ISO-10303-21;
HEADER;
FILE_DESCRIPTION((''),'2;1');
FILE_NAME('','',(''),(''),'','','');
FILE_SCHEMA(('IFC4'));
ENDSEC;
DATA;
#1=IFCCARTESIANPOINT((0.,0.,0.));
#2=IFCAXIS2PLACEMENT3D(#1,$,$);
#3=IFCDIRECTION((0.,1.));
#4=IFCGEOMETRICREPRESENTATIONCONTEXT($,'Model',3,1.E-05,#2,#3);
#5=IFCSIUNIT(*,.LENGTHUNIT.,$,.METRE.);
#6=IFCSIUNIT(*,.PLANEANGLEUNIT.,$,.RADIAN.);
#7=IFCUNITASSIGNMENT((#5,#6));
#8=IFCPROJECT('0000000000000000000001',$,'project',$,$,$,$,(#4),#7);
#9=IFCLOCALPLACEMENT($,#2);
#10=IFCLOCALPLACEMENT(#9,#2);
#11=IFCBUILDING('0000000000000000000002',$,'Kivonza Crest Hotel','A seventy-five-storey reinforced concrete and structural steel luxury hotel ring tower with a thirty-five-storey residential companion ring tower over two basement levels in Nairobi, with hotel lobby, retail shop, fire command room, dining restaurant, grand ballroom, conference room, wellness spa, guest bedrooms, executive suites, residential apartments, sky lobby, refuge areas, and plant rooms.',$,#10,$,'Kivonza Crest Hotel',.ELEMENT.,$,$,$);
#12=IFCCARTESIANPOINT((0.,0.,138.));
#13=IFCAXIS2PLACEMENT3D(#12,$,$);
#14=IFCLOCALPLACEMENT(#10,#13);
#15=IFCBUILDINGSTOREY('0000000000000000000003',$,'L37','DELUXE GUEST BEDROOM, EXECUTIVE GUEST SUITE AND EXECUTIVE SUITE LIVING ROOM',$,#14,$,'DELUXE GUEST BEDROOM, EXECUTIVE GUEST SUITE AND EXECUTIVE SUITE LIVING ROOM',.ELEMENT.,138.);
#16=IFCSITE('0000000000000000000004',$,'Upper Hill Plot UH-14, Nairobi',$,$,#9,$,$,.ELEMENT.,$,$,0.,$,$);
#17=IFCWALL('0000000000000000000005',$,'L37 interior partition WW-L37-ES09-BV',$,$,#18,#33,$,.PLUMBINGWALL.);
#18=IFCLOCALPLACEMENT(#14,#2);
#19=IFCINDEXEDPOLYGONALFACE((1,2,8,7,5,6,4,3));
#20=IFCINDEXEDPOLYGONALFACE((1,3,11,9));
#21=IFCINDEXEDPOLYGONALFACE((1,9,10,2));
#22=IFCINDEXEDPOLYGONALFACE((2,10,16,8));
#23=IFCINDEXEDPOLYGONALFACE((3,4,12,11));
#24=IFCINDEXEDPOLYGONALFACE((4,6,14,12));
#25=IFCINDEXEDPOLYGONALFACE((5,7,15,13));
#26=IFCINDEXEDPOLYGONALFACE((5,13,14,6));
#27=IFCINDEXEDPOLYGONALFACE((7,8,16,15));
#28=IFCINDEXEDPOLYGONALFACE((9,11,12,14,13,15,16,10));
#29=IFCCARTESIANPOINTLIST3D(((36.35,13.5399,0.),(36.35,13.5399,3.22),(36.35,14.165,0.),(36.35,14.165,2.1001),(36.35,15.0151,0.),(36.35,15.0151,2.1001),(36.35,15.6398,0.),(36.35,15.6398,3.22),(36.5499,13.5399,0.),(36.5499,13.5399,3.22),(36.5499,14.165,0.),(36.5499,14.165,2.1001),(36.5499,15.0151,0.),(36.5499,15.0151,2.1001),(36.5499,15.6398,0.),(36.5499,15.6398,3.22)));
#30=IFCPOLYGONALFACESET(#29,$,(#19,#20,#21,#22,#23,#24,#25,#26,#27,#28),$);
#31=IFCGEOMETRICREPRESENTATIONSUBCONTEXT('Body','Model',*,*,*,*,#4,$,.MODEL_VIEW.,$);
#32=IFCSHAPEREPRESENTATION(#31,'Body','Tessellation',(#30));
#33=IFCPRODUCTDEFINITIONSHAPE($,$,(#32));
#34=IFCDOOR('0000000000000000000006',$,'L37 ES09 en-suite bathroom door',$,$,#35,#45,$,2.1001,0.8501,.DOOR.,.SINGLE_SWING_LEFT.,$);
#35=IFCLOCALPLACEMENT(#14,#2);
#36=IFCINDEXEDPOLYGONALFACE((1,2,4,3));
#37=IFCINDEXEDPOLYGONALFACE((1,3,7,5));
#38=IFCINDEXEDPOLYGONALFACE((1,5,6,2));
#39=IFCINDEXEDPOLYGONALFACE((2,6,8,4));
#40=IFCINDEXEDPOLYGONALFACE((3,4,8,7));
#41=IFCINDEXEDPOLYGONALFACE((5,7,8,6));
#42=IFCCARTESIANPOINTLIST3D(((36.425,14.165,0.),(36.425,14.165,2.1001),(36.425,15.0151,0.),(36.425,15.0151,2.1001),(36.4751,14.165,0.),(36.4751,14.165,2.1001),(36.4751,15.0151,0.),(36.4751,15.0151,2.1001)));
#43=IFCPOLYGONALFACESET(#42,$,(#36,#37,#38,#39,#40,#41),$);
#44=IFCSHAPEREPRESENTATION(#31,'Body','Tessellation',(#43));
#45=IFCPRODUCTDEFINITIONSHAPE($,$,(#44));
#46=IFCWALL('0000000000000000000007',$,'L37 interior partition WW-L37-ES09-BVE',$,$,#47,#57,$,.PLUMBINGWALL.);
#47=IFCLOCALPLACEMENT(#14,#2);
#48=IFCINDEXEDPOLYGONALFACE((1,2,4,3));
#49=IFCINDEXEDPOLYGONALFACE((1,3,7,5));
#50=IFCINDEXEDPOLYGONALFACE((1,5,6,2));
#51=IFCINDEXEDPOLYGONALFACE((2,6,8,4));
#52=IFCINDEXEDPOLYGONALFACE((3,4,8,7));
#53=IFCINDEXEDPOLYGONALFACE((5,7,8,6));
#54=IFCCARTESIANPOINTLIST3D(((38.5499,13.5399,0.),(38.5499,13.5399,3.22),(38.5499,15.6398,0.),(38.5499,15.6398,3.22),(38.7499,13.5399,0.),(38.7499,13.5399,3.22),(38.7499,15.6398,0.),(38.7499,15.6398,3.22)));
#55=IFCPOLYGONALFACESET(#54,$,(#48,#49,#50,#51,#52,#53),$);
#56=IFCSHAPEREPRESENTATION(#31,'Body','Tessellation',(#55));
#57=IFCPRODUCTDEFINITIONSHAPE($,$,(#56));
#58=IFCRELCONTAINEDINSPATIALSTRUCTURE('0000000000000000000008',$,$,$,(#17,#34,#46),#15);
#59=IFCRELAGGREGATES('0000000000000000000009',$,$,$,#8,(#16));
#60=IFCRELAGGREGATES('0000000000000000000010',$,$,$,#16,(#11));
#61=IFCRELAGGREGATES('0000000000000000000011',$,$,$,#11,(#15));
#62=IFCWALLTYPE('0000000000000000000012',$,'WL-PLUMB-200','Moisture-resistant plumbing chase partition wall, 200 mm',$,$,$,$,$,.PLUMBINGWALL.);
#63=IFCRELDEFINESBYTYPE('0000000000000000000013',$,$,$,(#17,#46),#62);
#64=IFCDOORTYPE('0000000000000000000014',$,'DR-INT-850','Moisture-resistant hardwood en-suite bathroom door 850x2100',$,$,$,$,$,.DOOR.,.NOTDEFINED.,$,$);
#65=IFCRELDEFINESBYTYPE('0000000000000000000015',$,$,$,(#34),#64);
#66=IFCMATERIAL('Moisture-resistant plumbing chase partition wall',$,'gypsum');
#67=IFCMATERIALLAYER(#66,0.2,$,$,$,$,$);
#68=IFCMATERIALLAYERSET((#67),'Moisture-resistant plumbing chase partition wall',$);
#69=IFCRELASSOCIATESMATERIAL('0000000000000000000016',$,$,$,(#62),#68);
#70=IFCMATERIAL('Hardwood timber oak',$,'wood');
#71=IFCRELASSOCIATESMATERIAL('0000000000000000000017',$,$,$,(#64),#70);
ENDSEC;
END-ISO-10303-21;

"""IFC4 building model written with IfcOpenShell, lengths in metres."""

from ifc_helpers import new_model, si_unit, direction, frame, frame_2d, origin, place, context, subcontext, project, spatial, rectangle, extrude, material, layer, layer_set, type_object, element, fill, save


model = new_model("IFC4")

# Units and contexts
model_context = context("Model", 3, precision=1e-05, world=origin(), true_north=direction((0.0, 1.0)))
body_context = subcontext(model_context, "Body", "Model", "MODEL_VIEW")
ifc_project = project(units=[si_unit("LENGTHUNIT", "METRE"), si_unit("PLANEANGLEUNIT", "RADIAN")], contexts=[model_context])

# Site, building, storey
site_placement = place(None, origin())
site = spatial("IfcSite", under=ifc_project, at=site_placement, Name="Upper Hill Plot UH-14, Nairobi", CompositionType="ELEMENT", RefElevation=0.0)
building_placement = place(site_placement, origin())
building = spatial("IfcBuilding", under=site, at=building_placement, Name="Kivonza Crest Hotel", Description="A seventy-five-storey reinforced concrete and structural steel luxury hotel ring tower with a thirty-five-storey residential companion ring tower over two basement levels in Nairobi, with hotel lobby, retail shop, fire command room, dining restaurant, grand ballroom, conference room, wellness spa, guest bedrooms, executive suites, residential apartments, sky lobby, refuge areas, and plant rooms.", LongName="Kivonza Crest Hotel", CompositionType="ELEMENT")
storey_placement = place(building_placement, frame((0.0, 0.0, 138.0)))
storey = spatial("IfcBuildingStorey", under=building, at=storey_placement, Name="L37", Description="DELUXE GUEST BEDROOM, EXECUTIVE GUEST SUITE AND EXECUTIVE SUITE LIVING ROOM", LongName="DELUXE GUEST BEDROOM, EXECUTIVE GUEST SUITE AND EXECUTIVE SUITE LIVING ROOM", CompositionType="ELEMENT", Elevation=138.0)

# Shared definitions
ifc_material_1 = material(Name="Hardwood timber oak", Category="wood")

# Wall, opening, door
ifc_material_2 = material(Name="Moisture-resistant plumbing chase partition wall", Category="gypsum")
ifc_layer_1 = layer(ifc_material_2, 0.2)
ifc_layer_set_1 = layer_set([ifc_layer_1], Name="Moisture-resistant plumbing chase partition wall")
wall_type_1 = type_object("IfcWallType", Name="WL-PLUMB-200", Description="Moisture-resistant plumbing chase partition wall, 200 mm", PredefinedType="PLUMBINGWALL", material=ifc_layer_set_1)
wall_1_placement = place(storey_placement, frame((36.45, 13.54, 0.0), z_axis=(0.0, 0.0, 1.0), x_axis=(0.0, 1.0, 0.0)))
wall_1 = element("IfcWall", 1, at=wall_1_placement, inside=storey, type_object=wall_type_1, Name="L37 interior partition WW-L37-ES09-BV", PredefinedType="PLUMBINGWALL", context=body_context, shape_type="SweptSolid", body=[
    extrude(rectangle(XDim=2.0999, YDim=0.2, at=frame_2d((1.0498, 0.0))), origin(), (0.0, 0.0, 1.0), 3.22),
])
opening_1_placement = place(wall_1_placement, frame((0.625, 0.0, 0.0)))
opening_1 = element("IfcOpeningElement", 2, at=opening_1_placement, cuts=wall_1, PredefinedType="OPENING", context=body_context, shape_type="SweptSolid", body=[
    extrude(rectangle(XDim=0.8501, YDim=2.1001, at=frame_2d((0.425, 1.05))), frame((0.0, 0.1099, 0.0), z_axis=(0.0, -1.0, 0.0), x_axis=(1.0, 0.0, 0.0)), (0.0, 0.0, 1.0), 0.22),
])
door_type_1 = type_object("IfcDoorType", Name="DR-INT-850", Description="Moisture-resistant hardwood en-suite bathroom door 850x2100", OperationType="NOTDEFINED", PredefinedType="DOOR", material=ifc_material_1)
door_1_placement = place(opening_1_placement, origin())
door_1 = element("IfcDoor", 3, at=door_1_placement, inside=storey, type_object=door_type_1, Name="L37 ES09 en-suite bathroom door", OperationType="SINGLE_SWING_LEFT", OverallHeight=2.1001, OverallWidth=0.8501, PredefinedType="DOOR", context=body_context, shape_type="SweptSolid", body=[
    extrude(rectangle(XDim=0.8501, YDim=2.1001, at=frame_2d((0.425, 1.05))), frame((0.0, 0.0249, 0.0), z_axis=(0.0, -1.0, 0.0), x_axis=(1.0, 0.0, 0.0)), (0.0, 0.0, 1.0), 0.05),
])
fill(opening_1, door_1)

# Wall
wall_2_placement = place(storey_placement, frame((38.6499, 13.54, 0.0), z_axis=(0.0, 0.0, 1.0), x_axis=(0.0, 1.0, 0.0)))
element("IfcWall", 4, at=wall_2_placement, inside=storey, type_object=wall_type_1, Name="L37 interior partition WW-L37-ES09-BVE", PredefinedType="PLUMBINGWALL", context=body_context, shape_type="SweptSolid", body=[
    extrude(rectangle(XDim=2.0999, YDim=0.2, at=frame_2d((1.0498, 0.0))), origin(), (0.0, 0.0, 1.0), 3.22),
])

save(model, "model.ifc")
